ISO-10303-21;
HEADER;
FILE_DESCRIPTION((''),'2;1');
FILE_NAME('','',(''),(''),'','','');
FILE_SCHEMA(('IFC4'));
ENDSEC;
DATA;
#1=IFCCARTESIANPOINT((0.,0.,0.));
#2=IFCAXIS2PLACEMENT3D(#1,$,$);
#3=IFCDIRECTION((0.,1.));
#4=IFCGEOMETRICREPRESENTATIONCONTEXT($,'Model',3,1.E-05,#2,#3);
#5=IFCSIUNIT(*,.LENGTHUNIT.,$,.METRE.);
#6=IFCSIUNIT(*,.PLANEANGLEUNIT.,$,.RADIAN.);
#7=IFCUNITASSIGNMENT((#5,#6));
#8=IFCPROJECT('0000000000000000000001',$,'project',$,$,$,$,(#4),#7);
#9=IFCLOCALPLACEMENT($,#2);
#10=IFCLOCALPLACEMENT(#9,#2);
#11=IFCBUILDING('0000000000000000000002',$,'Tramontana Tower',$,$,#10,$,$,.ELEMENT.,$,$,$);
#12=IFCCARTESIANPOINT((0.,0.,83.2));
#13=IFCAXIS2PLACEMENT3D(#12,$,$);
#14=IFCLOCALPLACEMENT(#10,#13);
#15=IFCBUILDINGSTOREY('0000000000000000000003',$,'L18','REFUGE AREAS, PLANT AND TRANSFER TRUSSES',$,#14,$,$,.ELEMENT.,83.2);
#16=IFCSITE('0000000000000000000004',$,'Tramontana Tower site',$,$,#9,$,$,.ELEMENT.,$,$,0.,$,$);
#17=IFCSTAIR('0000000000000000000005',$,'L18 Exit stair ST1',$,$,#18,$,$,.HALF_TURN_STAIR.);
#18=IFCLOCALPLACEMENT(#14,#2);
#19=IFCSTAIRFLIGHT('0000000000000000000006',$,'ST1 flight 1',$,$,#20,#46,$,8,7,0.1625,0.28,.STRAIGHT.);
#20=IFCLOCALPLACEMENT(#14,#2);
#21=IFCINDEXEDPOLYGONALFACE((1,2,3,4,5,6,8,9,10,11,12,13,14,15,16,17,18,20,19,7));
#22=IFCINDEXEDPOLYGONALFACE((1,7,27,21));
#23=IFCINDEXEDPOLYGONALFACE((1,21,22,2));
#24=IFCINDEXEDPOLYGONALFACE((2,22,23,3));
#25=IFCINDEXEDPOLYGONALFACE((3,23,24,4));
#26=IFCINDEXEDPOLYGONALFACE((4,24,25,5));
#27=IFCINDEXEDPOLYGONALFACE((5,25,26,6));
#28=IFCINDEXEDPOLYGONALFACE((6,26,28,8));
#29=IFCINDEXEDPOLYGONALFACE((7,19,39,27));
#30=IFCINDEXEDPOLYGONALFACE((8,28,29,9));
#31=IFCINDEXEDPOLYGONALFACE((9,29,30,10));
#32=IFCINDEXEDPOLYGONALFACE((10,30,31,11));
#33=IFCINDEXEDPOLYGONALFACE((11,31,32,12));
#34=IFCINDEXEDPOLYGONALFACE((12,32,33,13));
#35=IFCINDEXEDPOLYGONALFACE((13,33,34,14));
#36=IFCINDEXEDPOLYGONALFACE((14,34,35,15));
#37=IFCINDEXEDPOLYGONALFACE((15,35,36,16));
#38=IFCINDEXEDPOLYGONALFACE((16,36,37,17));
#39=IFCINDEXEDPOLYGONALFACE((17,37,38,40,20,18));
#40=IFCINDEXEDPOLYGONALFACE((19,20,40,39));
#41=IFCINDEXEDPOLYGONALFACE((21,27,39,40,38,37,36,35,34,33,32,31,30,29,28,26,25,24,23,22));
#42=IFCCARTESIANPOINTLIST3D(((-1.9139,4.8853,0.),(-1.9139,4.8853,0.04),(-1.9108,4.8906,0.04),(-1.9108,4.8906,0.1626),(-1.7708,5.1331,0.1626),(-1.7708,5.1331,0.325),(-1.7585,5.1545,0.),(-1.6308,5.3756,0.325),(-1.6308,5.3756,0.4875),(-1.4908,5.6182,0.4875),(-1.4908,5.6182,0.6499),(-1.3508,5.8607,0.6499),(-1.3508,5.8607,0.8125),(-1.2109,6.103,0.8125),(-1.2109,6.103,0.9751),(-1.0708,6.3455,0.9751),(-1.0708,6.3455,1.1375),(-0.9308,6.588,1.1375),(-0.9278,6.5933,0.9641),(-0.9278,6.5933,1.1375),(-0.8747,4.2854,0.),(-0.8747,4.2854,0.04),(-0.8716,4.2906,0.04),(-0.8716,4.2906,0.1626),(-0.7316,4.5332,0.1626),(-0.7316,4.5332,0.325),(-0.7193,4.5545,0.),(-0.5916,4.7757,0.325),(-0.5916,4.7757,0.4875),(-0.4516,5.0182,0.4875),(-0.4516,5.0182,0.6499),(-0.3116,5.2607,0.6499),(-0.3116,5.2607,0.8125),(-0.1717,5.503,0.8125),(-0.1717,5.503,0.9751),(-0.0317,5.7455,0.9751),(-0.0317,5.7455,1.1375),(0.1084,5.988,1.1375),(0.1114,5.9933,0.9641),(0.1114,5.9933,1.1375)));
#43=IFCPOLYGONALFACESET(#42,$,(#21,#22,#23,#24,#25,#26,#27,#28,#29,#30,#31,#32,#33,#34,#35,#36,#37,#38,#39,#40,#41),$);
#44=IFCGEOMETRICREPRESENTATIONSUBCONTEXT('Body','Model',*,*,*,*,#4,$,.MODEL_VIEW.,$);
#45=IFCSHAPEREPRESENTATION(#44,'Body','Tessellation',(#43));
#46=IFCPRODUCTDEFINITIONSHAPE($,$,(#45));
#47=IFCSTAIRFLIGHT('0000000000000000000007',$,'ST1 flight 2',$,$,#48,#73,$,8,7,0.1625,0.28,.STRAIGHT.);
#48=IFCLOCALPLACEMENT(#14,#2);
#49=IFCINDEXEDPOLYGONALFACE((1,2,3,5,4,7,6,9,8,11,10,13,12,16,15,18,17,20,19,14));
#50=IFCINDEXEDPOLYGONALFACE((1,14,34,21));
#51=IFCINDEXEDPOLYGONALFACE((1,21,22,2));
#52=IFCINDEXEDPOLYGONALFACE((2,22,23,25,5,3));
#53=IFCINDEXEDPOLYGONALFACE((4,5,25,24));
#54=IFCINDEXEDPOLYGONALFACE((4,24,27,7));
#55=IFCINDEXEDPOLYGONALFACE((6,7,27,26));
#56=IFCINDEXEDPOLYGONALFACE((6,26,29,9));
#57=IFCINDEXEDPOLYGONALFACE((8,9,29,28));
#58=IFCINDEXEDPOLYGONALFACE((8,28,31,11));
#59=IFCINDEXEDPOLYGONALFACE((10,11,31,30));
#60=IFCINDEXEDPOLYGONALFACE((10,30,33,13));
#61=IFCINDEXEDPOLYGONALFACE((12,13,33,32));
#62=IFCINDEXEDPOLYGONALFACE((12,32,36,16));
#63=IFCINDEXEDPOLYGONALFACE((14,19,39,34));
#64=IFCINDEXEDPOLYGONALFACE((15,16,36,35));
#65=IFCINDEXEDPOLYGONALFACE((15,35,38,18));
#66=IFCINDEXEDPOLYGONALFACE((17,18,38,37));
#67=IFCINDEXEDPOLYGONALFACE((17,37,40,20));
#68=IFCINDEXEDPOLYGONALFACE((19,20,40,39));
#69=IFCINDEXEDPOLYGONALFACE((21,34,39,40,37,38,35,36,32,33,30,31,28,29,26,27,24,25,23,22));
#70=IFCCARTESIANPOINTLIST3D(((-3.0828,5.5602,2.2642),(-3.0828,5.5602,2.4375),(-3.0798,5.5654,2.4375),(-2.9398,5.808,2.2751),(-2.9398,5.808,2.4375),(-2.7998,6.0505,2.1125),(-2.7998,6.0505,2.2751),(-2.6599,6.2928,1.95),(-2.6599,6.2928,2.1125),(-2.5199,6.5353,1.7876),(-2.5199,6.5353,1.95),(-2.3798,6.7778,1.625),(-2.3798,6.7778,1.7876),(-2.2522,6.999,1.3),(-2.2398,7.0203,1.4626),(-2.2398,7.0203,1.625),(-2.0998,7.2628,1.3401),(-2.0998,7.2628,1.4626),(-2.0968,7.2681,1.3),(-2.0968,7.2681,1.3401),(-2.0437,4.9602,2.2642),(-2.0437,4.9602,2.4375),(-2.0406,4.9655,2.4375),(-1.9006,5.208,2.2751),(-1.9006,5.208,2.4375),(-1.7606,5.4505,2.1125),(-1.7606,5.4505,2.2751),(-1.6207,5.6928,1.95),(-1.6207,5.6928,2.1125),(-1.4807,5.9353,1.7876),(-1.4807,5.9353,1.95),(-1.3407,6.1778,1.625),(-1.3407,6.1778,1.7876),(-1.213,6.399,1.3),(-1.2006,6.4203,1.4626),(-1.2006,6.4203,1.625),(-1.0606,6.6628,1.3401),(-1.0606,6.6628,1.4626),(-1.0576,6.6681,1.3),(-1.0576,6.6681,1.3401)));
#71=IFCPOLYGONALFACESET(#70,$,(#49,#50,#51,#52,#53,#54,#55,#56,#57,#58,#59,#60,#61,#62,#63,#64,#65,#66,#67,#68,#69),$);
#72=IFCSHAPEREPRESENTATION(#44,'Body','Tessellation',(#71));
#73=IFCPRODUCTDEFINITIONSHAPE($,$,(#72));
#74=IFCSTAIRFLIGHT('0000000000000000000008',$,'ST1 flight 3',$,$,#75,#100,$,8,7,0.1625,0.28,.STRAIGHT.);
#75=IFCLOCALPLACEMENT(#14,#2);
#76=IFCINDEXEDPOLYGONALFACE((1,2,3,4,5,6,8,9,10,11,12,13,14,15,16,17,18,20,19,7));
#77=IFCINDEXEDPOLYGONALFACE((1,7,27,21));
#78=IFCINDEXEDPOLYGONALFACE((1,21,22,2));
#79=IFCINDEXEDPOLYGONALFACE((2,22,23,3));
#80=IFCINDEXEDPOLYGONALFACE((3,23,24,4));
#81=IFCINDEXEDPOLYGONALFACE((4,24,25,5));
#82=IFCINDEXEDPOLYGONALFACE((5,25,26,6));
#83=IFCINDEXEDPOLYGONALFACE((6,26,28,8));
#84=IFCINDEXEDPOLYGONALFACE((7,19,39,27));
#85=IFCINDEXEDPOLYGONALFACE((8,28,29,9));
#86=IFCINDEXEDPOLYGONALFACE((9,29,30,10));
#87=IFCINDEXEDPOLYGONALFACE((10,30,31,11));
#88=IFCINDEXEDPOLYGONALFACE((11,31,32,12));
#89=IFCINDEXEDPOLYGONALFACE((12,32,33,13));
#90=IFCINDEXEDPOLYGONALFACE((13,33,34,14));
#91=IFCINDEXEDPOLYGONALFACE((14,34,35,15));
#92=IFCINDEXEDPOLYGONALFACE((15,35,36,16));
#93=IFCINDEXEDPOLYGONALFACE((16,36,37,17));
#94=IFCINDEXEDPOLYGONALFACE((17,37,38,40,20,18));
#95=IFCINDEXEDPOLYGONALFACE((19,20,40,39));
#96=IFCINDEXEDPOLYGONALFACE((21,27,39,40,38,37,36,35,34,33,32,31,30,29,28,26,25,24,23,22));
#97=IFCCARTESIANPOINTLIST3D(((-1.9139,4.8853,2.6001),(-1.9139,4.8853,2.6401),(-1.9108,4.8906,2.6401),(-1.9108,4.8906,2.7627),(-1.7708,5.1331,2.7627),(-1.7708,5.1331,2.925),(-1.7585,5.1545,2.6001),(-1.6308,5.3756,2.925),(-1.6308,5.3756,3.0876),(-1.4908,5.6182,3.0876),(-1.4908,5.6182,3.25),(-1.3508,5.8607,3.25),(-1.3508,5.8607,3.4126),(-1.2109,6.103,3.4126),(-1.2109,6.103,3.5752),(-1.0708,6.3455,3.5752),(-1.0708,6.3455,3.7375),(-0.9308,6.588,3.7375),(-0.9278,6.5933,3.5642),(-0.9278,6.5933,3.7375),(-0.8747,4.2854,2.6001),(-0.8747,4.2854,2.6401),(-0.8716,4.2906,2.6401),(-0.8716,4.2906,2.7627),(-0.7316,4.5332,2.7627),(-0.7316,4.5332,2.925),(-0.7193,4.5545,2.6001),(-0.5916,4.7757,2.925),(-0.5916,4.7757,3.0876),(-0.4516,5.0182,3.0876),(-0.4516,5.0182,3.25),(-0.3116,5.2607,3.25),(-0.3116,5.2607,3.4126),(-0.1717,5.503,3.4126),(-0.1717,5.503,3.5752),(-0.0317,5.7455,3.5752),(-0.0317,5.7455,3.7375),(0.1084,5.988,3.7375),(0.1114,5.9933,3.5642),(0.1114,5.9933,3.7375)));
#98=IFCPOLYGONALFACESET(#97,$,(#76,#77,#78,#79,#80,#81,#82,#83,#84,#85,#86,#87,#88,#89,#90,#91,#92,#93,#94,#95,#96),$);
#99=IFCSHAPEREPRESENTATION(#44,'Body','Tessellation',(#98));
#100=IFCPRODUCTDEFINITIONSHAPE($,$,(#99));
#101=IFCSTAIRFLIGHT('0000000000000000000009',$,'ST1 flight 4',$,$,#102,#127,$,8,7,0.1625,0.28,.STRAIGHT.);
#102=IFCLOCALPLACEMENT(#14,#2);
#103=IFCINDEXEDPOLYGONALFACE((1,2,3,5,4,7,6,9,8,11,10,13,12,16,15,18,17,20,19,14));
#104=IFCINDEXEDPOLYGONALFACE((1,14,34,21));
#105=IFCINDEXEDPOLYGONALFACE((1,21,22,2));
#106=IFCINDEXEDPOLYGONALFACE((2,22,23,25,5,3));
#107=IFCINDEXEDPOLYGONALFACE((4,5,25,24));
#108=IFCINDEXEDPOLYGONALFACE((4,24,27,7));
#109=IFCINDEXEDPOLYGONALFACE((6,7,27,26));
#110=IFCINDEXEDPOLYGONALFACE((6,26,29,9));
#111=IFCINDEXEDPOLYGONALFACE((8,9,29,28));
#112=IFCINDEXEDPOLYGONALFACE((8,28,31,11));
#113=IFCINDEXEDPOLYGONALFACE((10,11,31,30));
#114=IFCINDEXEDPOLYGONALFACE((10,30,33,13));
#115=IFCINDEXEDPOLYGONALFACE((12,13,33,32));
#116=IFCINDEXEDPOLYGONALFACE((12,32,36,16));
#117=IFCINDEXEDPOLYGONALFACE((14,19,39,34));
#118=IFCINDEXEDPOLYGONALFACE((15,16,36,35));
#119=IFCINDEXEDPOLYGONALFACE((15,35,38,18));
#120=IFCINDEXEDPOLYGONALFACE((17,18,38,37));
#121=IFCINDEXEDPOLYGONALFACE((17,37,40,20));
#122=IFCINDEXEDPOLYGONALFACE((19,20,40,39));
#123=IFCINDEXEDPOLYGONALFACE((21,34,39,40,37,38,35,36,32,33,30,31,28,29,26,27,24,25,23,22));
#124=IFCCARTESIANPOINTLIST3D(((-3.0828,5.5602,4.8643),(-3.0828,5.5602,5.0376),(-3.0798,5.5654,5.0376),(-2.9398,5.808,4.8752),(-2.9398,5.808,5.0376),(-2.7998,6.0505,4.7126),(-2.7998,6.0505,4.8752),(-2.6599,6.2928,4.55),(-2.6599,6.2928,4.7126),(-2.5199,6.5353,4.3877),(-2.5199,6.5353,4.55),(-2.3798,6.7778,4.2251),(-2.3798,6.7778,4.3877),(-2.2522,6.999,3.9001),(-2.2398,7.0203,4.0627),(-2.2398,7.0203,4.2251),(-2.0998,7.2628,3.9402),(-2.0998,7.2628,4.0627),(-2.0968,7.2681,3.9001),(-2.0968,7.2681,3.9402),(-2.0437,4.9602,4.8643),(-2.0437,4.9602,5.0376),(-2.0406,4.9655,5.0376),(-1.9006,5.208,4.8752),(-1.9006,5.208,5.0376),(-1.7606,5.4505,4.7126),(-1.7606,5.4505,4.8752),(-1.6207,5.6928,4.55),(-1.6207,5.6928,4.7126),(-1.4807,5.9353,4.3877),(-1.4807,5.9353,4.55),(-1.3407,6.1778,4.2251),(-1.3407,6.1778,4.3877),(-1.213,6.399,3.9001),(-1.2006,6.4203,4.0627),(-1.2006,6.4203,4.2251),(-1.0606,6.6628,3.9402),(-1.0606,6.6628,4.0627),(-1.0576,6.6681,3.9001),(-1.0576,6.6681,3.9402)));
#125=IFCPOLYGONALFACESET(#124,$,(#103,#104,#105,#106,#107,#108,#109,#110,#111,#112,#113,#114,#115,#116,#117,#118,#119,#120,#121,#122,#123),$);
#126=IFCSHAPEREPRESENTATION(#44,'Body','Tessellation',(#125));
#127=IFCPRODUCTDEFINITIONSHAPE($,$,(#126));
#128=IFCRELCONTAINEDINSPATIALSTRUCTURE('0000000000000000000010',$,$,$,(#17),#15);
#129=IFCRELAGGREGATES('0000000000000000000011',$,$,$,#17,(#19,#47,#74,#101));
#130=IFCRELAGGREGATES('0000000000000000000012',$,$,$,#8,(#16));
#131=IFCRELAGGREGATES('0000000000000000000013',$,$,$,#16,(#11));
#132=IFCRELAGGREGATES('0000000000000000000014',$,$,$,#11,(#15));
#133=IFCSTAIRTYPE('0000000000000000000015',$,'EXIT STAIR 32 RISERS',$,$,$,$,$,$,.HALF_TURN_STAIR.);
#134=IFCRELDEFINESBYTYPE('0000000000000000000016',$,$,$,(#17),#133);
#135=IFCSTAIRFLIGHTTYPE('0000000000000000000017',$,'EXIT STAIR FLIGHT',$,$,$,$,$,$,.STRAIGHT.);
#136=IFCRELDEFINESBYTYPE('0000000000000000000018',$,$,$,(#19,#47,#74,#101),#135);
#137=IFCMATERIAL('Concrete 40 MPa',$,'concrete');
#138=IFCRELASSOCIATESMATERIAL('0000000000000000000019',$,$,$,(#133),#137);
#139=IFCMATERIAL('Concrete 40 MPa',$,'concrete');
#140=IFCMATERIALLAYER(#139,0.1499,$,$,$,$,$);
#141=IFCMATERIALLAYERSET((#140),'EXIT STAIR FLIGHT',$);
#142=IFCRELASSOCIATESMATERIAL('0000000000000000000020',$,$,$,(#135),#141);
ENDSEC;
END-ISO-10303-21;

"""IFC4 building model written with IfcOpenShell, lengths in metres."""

from ifc_helpers import new_model, si_unit, direction, frame, origin, place, context, subcontext, project, spatial, polyline, outline, extrude, material, layer, layer_set, type_object, element, aggregate, save


model = new_model("IFC4")

# Units and contexts
model_context = context("Model", 3, precision=1e-05, world=origin(), true_north=direction((0.0, 1.0)))
body_context = subcontext(model_context, "Body", "Model", "MODEL_VIEW")
ifc_project = project(units=[si_unit("LENGTHUNIT", "METRE"), si_unit("PLANEANGLEUNIT", "RADIAN")], contexts=[model_context])

# Site, building, storey
site_placement = place(None, origin())
site = spatial("IfcSite", under=ifc_project, at=site_placement, Name="Tramontana Tower site", CompositionType="ELEMENT", RefElevation=0.0)
building_placement = place(site_placement, origin())
building = spatial("IfcBuilding", under=site, at=building_placement, Name="Tramontana Tower", CompositionType="ELEMENT")
storey_placement = place(building_placement, frame((0.0, 0.0, 83.2)))
storey = spatial("IfcBuildingStorey", under=building, at=storey_placement, Name="L18", Description="REFUGE AREAS, PLANT AND TRANSFER TRUSSES", CompositionType="ELEMENT", Elevation=83.2)

# Stair, stair flights
ifc_material_1 = material(Name="Concrete 40 MPa", Category="concrete")
stair_type = type_object("IfcStairType", Name="EXIT STAIR 32 RISERS", PredefinedType="HALF_TURN_STAIR", material=ifc_material_1)
stair_placement = place(storey_placement, origin())
stair = element("IfcStair", 1, at=stair_placement, inside=storey, type_object=stair_type, Name="L18 Exit stair ST1", PredefinedType="HALF_TURN_STAIR")
ifc_material_2 = material(Name="Concrete 40 MPa", Category="concrete")
ifc_layer_1 = layer(ifc_material_2, 0.1499)
ifc_layer_set_1 = layer_set([ifc_layer_1], Name="EXIT STAIR FLIGHT")
stair_flight_type = type_object("IfcStairFlightType", Name="EXIT STAIR FLIGHT", PredefinedType="STRAIGHT", material=ifc_layer_set_1)
stair_flight_1_placement = place(storey_placement, frame((-1.3911, 4.5906, 0.0), z_axis=(0.0, 0.0, 1.0), x_axis=(0.5, 0.866025, 0.0)))
stair_flight_1 = element("IfcStairFlight", 2, at=stair_flight_1_placement, type_object=stair_flight_type, Name="ST1 flight 1", NumberOfRisers=8, NumberOfTreads=7, PredefinedType="STRAIGHT", RiserHeight=0.1625, TreadLength=0.28, context=body_context, shape_type="SweptSolid", body=[
    extrude(outline(polyline([(-0.0061, 0.0), (-0.0061, 0.04), (0.0, 0.04), (0.0, 0.1626), (0.28, 0.1626), (0.28, 0.325), (0.5601, 0.325), (0.5601, 0.4875), (0.8401, 0.4875), (0.8401, 0.6499), (1.1201, 0.6499), (1.1201, 0.8125), (1.3999, 0.8125), (1.3999, 0.9751), (1.6799, 0.9751), (1.6799, 1.1375), (1.96, 1.1375), (1.9661, 1.1375), (1.9661, 0.9641), (0.3047, 0.0), (-0.0061, 0.0)])), frame((0.0, 0.6001, 0.0), z_axis=(0.0, -1.0, 0.0), x_axis=(1.0, 0.0, 0.0)), (0.0, 0.0, 1.0), 1.2),
])
stair_flight_2_placement = place(storey_placement, frame((-1.5803, 6.9629, 1.3), z_axis=(0.0, 0.0, 1.0), x_axis=(-0.5, -0.866025, 0.0)))
stair_flight_2 = element("IfcStairFlight", 3, at=stair_flight_2_placement, type_object=stair_flight_type, Name="ST1 flight 2", NumberOfRisers=8, NumberOfTreads=7, PredefinedType="STRAIGHT", RiserHeight=0.1625, TreadLength=0.28, context=body_context, shape_type="SweptSolid", body=[
    extrude(outline(polyline([(-0.0061, 0.0), (-0.0061, 0.04), (0.0, 0.04), (0.0, 0.1626), (0.28, 0.1626), (0.28, 0.325), (0.5601, 0.325), (0.5601, 0.4875), (0.8401, 0.4875), (0.8401, 0.6499), (1.1201, 0.6499), (1.1201, 0.8125), (1.3999, 0.8125), (1.3999, 0.9751), (1.6799, 0.9751), (1.6799, 1.1375), (1.96, 1.1375), (1.9661, 1.1375), (1.9661, 0.9641), (0.3047, 0.0), (-0.0061, 0.0)])), frame((0.0, 0.6001, 0.0), z_axis=(0.0, -1.0, 0.0), x_axis=(1.0, 0.0, 0.0)), (0.0, 0.0, 1.0), 1.2),
])
stair_flight_3_placement = place(storey_placement, frame((-1.3911, 4.5906, 2.6001), z_axis=(0.0, 0.0, 1.0), x_axis=(0.5, 0.866025, 0.0)))
stair_flight_3 = element("IfcStairFlight", 4, at=stair_flight_3_placement, type_object=stair_flight_type, Name="ST1 flight 3", NumberOfRisers=8, NumberOfTreads=7, PredefinedType="STRAIGHT", RiserHeight=0.1625, TreadLength=0.28, context=body_context, shape_type="SweptSolid", body=[
    extrude(outline(polyline([(-0.0061, 0.0), (-0.0061, 0.04), (0.0, 0.04), (0.0, 0.1626), (0.28, 0.1626), (0.28, 0.325), (0.5601, 0.325), (0.5601, 0.4875), (0.8401, 0.4875), (0.8401, 0.6499), (1.1201, 0.6499), (1.1201, 0.8125), (1.3999, 0.8125), (1.3999, 0.9751), (1.6799, 0.9751), (1.6799, 1.1375), (1.96, 1.1375), (1.9661, 1.1375), (1.9661, 0.9641), (0.3047, 0.0), (-0.0061, 0.0)])), frame((0.0, 0.6001, 0.0), z_axis=(0.0, -1.0, 0.0), x_axis=(1.0, 0.0, 0.0)), (0.0, 0.0, 1.0), 1.2),
])
stair_flight_4_placement = place(storey_placement, frame((-1.5803, 6.9629, 3.9001), z_axis=(0.0, 0.0, 1.0), x_axis=(-0.5, -0.866025, 0.0)))
stair_flight_4 = element("IfcStairFlight", 5, at=stair_flight_4_placement, type_object=stair_flight_type, Name="ST1 flight 4", NumberOfRisers=8, NumberOfTreads=7, PredefinedType="STRAIGHT", RiserHeight=0.1625, TreadLength=0.28, context=body_context, shape_type="SweptSolid", body=[
    extrude(outline(polyline([(-0.0061, 0.0), (-0.0061, 0.04), (0.0, 0.04), (0.0, 0.1626), (0.28, 0.1626), (0.28, 0.325), (0.5601, 0.325), (0.5601, 0.4875), (0.8401, 0.4875), (0.8401, 0.6499), (1.1201, 0.6499), (1.1201, 0.8125), (1.3999, 0.8125), (1.3999, 0.9751), (1.6799, 0.9751), (1.6799, 1.1375), (1.96, 1.1375), (1.9661, 1.1375), (1.9661, 0.9641), (0.3047, 0.0), (-0.0061, 0.0)])), frame((0.0, 0.6001, 0.0), z_axis=(0.0, -1.0, 0.0), x_axis=(1.0, 0.0, 0.0)), (0.0, 0.0, 1.0), 1.2),
])
aggregate(stair, [stair_flight_1, stair_flight_2, stair_flight_3, stair_flight_4])

save(model, "model.ifc")
